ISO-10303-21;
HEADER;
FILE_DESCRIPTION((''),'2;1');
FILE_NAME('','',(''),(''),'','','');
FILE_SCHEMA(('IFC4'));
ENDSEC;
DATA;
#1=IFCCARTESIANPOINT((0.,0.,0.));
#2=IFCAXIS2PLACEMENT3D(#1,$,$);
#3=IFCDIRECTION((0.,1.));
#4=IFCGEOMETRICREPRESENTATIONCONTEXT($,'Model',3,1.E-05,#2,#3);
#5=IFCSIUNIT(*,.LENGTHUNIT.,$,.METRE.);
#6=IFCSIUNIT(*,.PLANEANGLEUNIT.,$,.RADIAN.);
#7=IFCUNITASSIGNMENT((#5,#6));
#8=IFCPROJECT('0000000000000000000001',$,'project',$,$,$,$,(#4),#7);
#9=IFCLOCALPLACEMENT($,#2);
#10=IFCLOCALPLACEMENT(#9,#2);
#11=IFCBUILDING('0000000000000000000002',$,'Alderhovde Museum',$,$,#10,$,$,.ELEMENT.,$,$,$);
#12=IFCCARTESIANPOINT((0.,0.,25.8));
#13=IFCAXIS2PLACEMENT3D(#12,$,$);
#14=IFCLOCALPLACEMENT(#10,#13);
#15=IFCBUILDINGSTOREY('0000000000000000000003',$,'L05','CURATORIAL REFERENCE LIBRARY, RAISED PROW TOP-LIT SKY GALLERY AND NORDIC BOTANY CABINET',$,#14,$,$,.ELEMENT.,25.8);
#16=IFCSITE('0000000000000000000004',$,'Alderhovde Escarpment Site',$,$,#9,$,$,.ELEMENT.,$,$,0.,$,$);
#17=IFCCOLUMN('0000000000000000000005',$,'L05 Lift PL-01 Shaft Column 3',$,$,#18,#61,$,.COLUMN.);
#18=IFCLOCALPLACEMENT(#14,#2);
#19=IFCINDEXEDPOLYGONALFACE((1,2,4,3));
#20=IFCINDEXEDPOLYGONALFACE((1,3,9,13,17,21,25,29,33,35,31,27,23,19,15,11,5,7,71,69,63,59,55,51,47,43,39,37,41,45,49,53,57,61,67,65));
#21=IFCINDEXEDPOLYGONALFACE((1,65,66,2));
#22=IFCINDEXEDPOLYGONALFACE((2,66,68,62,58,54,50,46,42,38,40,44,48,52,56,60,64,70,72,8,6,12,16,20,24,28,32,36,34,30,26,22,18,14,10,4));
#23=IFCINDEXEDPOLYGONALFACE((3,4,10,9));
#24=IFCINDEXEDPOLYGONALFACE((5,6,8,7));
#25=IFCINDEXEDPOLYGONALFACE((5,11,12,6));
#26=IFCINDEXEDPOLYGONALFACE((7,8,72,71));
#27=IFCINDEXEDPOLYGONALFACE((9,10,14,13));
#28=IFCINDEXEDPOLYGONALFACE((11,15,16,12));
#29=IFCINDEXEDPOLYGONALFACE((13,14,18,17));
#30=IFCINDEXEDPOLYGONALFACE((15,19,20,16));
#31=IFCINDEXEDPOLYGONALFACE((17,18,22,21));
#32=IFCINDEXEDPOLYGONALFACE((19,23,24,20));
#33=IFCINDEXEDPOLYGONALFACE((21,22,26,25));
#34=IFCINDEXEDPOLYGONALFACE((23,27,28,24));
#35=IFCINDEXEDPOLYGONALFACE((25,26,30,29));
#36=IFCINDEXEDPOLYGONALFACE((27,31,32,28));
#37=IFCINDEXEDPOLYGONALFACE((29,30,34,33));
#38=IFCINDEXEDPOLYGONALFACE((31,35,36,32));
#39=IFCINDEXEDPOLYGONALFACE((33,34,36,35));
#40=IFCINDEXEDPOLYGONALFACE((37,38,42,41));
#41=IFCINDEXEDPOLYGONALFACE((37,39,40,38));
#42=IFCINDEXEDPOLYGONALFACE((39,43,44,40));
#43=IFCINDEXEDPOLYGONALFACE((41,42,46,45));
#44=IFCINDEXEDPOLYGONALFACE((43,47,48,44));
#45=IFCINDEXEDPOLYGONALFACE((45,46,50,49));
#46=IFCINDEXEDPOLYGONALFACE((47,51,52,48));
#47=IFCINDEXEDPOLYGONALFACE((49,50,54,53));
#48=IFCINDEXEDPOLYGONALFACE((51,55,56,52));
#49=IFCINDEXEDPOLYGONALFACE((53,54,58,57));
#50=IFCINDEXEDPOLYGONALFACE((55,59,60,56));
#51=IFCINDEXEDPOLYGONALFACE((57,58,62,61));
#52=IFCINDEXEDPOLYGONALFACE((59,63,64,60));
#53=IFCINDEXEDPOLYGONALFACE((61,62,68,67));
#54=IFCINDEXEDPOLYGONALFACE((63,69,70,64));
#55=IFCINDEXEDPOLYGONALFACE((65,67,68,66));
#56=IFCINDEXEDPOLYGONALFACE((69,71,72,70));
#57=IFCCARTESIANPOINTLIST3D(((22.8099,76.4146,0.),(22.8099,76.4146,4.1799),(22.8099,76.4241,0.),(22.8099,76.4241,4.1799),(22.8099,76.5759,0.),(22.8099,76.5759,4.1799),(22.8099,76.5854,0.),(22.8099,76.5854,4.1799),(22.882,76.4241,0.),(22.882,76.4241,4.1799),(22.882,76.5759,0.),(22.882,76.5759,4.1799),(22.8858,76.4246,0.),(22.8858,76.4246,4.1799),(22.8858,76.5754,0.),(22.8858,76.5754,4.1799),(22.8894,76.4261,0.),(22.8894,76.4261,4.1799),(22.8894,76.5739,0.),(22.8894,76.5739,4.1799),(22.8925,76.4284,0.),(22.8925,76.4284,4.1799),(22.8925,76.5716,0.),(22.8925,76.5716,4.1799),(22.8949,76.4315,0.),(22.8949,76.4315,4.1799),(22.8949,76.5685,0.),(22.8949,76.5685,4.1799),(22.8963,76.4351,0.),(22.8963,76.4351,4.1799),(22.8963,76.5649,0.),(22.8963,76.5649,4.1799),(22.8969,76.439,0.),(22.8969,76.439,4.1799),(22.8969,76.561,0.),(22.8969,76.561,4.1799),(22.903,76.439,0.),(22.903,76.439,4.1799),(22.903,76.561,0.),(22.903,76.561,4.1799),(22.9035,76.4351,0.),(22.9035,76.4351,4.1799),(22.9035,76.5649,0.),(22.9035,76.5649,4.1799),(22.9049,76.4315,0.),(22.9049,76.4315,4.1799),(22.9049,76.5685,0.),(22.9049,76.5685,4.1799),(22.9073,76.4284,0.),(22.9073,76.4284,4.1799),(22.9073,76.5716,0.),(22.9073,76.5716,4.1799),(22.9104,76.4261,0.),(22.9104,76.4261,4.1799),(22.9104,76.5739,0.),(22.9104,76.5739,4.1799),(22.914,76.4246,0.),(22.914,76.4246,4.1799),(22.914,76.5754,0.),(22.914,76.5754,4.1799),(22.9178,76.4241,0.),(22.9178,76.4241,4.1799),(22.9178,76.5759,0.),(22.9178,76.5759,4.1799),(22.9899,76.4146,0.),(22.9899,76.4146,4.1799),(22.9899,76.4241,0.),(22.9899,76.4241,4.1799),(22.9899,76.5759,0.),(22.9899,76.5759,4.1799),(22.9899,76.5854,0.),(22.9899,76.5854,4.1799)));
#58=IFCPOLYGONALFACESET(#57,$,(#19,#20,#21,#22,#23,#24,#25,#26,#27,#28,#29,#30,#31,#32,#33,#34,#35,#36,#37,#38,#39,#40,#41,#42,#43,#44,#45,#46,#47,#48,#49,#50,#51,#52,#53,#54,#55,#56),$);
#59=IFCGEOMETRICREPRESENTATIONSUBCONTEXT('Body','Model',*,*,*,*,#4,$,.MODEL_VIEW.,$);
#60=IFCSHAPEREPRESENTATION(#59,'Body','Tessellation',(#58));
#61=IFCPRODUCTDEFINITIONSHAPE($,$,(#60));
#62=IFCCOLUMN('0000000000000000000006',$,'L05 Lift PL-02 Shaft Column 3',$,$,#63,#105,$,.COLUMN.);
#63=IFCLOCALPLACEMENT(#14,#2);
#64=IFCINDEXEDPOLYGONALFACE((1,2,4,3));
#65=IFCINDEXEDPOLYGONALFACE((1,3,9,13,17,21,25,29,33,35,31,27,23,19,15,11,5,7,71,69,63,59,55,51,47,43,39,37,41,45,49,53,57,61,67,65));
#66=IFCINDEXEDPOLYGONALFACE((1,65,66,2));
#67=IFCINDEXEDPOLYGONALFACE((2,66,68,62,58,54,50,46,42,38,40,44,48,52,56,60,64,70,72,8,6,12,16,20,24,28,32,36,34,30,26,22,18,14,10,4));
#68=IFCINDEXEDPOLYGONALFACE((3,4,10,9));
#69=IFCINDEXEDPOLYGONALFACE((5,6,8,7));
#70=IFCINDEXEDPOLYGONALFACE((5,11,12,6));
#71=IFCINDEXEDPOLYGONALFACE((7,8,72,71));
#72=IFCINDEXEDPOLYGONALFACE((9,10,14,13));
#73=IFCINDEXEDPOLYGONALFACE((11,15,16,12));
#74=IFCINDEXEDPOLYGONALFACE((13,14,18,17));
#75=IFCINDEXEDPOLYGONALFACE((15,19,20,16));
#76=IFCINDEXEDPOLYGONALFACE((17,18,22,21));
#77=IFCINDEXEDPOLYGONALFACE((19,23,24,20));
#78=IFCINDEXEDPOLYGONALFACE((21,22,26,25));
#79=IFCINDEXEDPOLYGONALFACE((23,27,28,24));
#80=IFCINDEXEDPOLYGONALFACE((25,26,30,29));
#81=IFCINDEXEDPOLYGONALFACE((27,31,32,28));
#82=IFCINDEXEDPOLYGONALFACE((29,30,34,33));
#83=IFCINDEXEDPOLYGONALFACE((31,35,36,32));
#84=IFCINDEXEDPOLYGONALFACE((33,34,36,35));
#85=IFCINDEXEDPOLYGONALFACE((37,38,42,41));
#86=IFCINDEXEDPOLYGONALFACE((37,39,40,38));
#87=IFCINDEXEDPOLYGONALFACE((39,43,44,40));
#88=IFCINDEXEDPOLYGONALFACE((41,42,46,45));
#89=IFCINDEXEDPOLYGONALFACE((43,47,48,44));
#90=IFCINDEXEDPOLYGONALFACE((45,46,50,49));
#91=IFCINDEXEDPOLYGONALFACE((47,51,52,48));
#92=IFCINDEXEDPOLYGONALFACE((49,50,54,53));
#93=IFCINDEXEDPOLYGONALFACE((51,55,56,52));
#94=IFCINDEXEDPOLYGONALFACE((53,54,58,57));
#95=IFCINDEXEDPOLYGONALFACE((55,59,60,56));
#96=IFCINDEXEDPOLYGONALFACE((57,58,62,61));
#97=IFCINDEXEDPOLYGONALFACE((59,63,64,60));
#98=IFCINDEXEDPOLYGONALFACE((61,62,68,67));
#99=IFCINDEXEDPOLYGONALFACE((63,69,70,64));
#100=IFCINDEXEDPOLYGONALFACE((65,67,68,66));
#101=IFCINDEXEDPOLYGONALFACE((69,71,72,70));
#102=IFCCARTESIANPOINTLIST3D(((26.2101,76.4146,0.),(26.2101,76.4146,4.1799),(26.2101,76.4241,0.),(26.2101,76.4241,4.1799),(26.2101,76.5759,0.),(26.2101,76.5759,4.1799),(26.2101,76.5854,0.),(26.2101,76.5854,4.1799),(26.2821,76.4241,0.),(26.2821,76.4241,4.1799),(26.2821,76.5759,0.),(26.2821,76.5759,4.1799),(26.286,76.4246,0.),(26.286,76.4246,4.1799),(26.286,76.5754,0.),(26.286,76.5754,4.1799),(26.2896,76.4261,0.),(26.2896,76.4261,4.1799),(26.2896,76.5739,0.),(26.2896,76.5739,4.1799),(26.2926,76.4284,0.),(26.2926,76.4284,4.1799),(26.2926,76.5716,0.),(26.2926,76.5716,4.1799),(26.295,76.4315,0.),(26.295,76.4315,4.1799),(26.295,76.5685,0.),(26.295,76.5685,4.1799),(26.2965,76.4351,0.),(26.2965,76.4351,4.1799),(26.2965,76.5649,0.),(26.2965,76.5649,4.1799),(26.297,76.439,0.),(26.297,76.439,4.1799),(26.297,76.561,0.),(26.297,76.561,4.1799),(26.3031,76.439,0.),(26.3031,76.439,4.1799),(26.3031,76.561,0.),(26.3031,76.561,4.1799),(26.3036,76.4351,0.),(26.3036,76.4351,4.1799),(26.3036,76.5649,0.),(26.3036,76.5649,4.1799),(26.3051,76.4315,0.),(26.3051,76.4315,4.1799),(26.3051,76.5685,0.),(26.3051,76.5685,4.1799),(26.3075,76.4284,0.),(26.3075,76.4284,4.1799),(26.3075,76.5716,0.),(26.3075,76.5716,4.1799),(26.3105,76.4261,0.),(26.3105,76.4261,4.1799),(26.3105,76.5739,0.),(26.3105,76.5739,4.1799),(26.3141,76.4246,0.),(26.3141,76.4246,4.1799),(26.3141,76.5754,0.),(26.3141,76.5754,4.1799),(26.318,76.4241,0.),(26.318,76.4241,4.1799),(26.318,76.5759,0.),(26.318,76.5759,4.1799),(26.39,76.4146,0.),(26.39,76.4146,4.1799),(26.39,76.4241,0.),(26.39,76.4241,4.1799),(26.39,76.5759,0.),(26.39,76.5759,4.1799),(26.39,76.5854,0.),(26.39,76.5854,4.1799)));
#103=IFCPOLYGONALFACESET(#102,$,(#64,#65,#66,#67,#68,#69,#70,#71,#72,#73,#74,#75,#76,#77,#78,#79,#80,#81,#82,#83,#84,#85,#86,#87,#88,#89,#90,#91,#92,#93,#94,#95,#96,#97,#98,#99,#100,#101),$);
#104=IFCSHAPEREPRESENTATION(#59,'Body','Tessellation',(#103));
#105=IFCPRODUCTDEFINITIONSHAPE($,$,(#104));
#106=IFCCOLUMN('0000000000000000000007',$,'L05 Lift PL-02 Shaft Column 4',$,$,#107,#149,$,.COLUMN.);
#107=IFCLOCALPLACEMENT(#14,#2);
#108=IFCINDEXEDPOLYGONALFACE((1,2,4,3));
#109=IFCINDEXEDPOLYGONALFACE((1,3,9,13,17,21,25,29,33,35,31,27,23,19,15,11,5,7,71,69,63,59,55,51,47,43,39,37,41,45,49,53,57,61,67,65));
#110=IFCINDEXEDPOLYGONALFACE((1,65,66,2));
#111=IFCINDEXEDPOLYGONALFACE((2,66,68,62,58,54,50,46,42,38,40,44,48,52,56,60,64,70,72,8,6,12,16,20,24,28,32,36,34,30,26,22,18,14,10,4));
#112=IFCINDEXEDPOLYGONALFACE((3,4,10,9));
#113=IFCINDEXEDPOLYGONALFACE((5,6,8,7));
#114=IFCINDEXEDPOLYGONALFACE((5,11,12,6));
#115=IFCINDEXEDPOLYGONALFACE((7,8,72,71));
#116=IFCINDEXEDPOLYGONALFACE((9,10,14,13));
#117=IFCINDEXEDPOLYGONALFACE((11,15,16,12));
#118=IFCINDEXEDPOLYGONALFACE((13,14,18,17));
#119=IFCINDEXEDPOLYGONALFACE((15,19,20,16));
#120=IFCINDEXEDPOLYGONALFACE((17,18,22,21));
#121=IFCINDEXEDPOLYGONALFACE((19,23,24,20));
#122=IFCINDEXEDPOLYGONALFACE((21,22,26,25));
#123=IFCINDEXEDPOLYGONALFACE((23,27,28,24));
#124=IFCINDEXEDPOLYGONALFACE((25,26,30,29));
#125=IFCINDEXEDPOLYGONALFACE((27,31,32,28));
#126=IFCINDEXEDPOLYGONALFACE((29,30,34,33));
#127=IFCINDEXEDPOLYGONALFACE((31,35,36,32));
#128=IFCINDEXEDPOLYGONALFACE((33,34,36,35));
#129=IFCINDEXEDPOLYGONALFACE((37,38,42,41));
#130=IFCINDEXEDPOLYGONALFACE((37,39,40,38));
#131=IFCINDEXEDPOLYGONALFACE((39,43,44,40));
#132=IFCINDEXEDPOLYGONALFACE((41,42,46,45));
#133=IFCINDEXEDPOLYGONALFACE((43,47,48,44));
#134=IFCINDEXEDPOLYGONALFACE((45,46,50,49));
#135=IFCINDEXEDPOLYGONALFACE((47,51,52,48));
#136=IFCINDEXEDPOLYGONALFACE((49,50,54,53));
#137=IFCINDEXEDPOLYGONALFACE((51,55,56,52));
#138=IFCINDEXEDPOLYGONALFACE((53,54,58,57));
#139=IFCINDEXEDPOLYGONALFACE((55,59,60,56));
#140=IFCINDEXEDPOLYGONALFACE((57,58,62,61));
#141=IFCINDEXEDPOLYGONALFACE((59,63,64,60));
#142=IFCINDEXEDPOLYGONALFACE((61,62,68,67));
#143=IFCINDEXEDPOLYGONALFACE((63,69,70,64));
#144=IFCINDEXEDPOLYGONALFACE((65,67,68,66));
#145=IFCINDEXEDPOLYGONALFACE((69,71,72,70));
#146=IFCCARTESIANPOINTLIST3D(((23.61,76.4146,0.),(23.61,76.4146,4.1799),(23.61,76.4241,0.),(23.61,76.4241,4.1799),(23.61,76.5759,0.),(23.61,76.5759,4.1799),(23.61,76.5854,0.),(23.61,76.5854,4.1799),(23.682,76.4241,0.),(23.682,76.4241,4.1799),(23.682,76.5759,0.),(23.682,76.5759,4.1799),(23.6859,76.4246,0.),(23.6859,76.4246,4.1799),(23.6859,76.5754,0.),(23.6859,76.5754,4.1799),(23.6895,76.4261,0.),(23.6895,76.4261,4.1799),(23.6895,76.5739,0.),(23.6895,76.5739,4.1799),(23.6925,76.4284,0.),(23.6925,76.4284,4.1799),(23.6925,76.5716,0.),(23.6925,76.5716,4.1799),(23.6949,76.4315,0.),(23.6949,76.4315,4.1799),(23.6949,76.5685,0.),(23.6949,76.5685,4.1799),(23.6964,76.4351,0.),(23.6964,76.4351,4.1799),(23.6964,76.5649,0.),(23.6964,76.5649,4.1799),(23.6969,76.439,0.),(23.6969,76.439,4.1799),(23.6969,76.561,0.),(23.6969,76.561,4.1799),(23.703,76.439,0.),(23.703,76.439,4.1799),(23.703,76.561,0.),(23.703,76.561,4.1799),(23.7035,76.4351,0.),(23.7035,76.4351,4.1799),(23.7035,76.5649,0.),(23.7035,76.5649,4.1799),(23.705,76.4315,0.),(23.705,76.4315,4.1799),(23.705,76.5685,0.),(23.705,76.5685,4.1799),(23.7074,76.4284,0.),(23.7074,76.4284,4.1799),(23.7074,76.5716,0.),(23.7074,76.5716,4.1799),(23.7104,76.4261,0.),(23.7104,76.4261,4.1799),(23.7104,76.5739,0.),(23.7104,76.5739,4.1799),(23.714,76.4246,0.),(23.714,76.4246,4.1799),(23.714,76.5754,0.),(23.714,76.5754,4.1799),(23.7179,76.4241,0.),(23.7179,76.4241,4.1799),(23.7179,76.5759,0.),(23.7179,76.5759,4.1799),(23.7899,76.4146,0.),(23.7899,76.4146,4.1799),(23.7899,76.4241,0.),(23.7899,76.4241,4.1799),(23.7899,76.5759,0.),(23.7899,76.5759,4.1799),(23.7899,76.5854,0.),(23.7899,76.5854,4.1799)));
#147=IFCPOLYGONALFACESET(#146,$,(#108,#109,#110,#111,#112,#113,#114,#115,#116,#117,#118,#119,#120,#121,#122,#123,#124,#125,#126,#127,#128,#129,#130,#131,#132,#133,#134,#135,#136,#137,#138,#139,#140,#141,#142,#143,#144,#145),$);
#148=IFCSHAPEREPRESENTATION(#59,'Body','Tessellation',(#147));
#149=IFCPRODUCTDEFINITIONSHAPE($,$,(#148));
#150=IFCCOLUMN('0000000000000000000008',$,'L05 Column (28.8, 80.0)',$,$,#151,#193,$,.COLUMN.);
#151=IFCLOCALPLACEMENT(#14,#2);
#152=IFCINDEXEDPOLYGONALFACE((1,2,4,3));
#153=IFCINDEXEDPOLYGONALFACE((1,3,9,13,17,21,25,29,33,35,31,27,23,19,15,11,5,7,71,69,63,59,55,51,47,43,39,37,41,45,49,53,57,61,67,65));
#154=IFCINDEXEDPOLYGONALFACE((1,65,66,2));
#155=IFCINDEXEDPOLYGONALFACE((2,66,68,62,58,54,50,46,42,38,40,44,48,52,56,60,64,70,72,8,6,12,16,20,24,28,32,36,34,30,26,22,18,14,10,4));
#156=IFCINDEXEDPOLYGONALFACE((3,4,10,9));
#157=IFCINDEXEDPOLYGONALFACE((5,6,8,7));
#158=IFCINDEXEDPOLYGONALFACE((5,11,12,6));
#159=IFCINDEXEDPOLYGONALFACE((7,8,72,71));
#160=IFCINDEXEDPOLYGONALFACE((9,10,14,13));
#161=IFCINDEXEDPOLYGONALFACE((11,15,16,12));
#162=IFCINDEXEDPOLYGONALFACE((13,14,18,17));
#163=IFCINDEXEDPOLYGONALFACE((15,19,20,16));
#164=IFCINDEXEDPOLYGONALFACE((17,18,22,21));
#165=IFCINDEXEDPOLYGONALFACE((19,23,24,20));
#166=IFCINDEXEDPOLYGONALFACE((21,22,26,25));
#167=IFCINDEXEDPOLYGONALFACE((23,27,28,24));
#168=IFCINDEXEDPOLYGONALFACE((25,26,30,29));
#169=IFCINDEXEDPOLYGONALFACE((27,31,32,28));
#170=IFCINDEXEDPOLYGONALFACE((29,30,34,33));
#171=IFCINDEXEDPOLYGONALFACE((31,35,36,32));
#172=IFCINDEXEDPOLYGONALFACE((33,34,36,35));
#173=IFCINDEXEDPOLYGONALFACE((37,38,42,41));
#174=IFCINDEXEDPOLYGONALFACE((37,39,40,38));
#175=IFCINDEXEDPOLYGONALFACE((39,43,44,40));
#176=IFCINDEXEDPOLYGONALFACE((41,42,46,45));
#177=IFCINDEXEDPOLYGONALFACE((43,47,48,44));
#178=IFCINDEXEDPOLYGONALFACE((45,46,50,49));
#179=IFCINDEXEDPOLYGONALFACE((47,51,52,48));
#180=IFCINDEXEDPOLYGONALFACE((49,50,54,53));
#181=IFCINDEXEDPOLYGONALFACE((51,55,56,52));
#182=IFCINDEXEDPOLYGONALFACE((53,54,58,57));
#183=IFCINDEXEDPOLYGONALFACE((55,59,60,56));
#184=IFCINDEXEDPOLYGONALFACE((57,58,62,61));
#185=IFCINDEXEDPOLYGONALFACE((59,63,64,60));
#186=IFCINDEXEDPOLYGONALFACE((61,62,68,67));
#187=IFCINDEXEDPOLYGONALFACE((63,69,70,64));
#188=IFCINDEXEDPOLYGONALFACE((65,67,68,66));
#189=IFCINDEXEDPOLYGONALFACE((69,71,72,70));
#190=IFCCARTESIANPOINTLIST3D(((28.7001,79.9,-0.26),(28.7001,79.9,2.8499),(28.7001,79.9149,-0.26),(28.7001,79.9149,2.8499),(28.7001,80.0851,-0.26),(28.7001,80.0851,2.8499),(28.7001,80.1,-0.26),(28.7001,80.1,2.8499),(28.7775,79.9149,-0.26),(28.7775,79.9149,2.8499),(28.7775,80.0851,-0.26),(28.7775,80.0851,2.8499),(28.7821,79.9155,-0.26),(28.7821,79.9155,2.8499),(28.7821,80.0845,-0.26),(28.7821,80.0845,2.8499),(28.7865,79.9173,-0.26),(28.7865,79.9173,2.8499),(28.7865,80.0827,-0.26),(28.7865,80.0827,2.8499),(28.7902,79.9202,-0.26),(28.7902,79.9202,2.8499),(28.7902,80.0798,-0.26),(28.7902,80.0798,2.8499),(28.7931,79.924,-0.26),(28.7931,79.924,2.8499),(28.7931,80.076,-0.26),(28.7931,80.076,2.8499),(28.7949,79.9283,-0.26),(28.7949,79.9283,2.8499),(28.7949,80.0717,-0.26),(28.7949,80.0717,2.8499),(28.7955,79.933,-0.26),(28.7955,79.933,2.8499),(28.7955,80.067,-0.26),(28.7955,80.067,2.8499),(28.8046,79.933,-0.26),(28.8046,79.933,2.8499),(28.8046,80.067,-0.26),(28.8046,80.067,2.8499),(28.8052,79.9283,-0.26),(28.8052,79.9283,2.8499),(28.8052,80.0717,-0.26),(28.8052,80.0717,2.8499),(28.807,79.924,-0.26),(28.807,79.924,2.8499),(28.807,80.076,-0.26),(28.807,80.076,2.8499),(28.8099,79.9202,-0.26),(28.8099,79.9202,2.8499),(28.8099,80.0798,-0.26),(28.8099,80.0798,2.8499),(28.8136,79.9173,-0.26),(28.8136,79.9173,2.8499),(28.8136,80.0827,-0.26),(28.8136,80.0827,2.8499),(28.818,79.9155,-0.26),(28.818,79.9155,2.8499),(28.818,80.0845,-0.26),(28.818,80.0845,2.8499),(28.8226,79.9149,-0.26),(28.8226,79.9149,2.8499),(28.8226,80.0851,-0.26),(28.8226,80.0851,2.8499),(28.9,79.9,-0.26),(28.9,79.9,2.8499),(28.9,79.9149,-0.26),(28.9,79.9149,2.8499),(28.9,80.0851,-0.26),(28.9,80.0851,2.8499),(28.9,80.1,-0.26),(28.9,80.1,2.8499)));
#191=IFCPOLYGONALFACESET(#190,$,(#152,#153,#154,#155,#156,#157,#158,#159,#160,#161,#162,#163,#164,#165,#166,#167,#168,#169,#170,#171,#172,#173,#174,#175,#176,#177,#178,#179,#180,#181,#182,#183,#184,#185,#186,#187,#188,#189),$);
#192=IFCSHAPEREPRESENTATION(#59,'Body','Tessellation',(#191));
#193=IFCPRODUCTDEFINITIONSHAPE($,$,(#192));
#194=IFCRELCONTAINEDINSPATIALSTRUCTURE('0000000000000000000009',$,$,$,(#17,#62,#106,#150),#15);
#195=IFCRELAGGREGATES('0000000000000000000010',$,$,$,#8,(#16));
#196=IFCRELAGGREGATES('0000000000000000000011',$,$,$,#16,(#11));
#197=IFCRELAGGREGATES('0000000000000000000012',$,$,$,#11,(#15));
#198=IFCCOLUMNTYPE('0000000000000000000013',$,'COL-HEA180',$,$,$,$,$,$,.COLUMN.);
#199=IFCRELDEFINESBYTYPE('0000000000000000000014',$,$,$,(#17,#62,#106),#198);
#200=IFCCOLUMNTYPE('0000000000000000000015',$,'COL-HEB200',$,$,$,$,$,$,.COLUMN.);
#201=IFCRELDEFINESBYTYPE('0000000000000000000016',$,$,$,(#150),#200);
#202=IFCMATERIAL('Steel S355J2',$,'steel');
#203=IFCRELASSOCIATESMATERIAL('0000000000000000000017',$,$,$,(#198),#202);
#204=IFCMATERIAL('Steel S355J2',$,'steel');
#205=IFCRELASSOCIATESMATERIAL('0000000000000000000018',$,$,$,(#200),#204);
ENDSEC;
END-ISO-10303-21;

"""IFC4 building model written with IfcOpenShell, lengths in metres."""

from ifc_helpers import new_model, si_unit, direction, frame, origin, origin_2d, place, context, subcontext, project, spatial, i_section, extrude, material, material_profile, profile_set, type_object, element, save


model = new_model("IFC4")

# Units and contexts
model_context = context("Model", 3, precision=1e-05, world=origin(), true_north=direction((0.0, 1.0)))
body_context = subcontext(model_context, "Body", "Model", "MODEL_VIEW")
ifc_project = project(units=[si_unit("LENGTHUNIT", "METRE"), si_unit("PLANEANGLEUNIT", "RADIAN")], contexts=[model_context])

# Site, building, storey
site_placement = place(None, origin())
site = spatial("IfcSite", under=ifc_project, at=site_placement, Name="Alderhovde Escarpment Site", CompositionType="ELEMENT", RefElevation=0.0)
building_placement = place(site_placement, origin())
building = spatial("IfcBuilding", under=site, at=building_placement, Name="Alderhovde Museum", CompositionType="ELEMENT")
storey_placement = place(building_placement, frame((0.0, 0.0, 25.8)))
storey = spatial("IfcBuildingStorey", under=building, at=storey_placement, Name="L05", Description="CURATORIAL REFERENCE LIBRARY, RAISED PROW TOP-LIT SKY GALLERY AND NORDIC BOTANY CABINET", CompositionType="ELEMENT", Elevation=25.8)

# Columns
ifc_material_1 = material(Name="Steel S355J2", Category="steel")
ifc_material_profile_1 = material_profile(ifc_material_1, i_section(OverallWidth=0.1799, OverallDepth=0.1709, WebThickness=0.0061, FlangeThickness=0.0095, FilletRadius=0.0149, at=origin_2d()), Name="HEA 180")
ifc_profile_set_1 = profile_set([ifc_material_profile_1], Name="Steel S355J2")
column_type_1 = type_object("IfcColumnType", Name="COL-HEA180", PredefinedType="COLUMN", material=ifc_profile_set_1)
for number, where, z_axis, x_axis, name in (
    (1, (22.8999, 76.5, 0.0), (0.0, 0.0, 1.0), (1.0, 0.0, 0.0), "L05 Lift PL-01 Shaft Column 3"),
    (2, (26.3, 76.5, 0.0), (0.0, 0.0, 1.0), (1.0, 0.0, 0.0), "L05 Lift PL-02 Shaft Column 3"),
    (3, (23.7, 76.5, 0.0), (0.0, 0.0, 1.0), (1.0, 0.0, 0.0), "L05 Lift PL-02 Shaft Column 4"),
):
    element("IfcColumn", number, at=place(storey_placement, frame(where, z_axis=z_axis, x_axis=x_axis)), inside=storey, type_object=column_type_1, Name=name, PredefinedType="COLUMN", context=body_context, shape_type="SweptSolid", body=[
        extrude(i_section(OverallWidth=0.1799, OverallDepth=0.1709, WebThickness=0.0061, FlangeThickness=0.0095, FilletRadius=0.0149, at=origin_2d()), origin(), (0.0, 0.0, 1.0), 4.1799),
    ])
ifc_material_2 = material(Name="Steel S355J2", Category="steel")
ifc_material_profile_2 = material_profile(ifc_material_2, i_section(OverallWidth=0.2, OverallDepth=0.2, WebThickness=0.009, FlangeThickness=0.0149, FilletRadius=0.0181, at=origin_2d()), Name="HEB 200")
ifc_profile_set_2 = profile_set([ifc_material_profile_2], Name="Steel S355J2")
column_type_2 = type_object("IfcColumnType", Name="COL-HEB200", PredefinedType="COLUMN", material=ifc_profile_set_2)
column_placement = place(storey_placement, frame((28.8, 80.0, -0.26), z_axis=(0.0, 0.0, 1.0), x_axis=(1.0, 0.0, 0.0)))
element("IfcColumn", 4, at=column_placement, inside=storey, type_object=column_type_2, Name="L05 Column (28.8, 80.0)", PredefinedType="COLUMN", context=body_context, shape_type="SweptSolid", body=[
    extrude(i_section(OverallWidth=0.2, OverallDepth=0.2, WebThickness=0.009, FlangeThickness=0.0149, FilletRadius=0.0181, at=origin_2d()), origin(), (0.0, 0.0, 1.0), 3.1099),
])

save(model, "model.ifc")
